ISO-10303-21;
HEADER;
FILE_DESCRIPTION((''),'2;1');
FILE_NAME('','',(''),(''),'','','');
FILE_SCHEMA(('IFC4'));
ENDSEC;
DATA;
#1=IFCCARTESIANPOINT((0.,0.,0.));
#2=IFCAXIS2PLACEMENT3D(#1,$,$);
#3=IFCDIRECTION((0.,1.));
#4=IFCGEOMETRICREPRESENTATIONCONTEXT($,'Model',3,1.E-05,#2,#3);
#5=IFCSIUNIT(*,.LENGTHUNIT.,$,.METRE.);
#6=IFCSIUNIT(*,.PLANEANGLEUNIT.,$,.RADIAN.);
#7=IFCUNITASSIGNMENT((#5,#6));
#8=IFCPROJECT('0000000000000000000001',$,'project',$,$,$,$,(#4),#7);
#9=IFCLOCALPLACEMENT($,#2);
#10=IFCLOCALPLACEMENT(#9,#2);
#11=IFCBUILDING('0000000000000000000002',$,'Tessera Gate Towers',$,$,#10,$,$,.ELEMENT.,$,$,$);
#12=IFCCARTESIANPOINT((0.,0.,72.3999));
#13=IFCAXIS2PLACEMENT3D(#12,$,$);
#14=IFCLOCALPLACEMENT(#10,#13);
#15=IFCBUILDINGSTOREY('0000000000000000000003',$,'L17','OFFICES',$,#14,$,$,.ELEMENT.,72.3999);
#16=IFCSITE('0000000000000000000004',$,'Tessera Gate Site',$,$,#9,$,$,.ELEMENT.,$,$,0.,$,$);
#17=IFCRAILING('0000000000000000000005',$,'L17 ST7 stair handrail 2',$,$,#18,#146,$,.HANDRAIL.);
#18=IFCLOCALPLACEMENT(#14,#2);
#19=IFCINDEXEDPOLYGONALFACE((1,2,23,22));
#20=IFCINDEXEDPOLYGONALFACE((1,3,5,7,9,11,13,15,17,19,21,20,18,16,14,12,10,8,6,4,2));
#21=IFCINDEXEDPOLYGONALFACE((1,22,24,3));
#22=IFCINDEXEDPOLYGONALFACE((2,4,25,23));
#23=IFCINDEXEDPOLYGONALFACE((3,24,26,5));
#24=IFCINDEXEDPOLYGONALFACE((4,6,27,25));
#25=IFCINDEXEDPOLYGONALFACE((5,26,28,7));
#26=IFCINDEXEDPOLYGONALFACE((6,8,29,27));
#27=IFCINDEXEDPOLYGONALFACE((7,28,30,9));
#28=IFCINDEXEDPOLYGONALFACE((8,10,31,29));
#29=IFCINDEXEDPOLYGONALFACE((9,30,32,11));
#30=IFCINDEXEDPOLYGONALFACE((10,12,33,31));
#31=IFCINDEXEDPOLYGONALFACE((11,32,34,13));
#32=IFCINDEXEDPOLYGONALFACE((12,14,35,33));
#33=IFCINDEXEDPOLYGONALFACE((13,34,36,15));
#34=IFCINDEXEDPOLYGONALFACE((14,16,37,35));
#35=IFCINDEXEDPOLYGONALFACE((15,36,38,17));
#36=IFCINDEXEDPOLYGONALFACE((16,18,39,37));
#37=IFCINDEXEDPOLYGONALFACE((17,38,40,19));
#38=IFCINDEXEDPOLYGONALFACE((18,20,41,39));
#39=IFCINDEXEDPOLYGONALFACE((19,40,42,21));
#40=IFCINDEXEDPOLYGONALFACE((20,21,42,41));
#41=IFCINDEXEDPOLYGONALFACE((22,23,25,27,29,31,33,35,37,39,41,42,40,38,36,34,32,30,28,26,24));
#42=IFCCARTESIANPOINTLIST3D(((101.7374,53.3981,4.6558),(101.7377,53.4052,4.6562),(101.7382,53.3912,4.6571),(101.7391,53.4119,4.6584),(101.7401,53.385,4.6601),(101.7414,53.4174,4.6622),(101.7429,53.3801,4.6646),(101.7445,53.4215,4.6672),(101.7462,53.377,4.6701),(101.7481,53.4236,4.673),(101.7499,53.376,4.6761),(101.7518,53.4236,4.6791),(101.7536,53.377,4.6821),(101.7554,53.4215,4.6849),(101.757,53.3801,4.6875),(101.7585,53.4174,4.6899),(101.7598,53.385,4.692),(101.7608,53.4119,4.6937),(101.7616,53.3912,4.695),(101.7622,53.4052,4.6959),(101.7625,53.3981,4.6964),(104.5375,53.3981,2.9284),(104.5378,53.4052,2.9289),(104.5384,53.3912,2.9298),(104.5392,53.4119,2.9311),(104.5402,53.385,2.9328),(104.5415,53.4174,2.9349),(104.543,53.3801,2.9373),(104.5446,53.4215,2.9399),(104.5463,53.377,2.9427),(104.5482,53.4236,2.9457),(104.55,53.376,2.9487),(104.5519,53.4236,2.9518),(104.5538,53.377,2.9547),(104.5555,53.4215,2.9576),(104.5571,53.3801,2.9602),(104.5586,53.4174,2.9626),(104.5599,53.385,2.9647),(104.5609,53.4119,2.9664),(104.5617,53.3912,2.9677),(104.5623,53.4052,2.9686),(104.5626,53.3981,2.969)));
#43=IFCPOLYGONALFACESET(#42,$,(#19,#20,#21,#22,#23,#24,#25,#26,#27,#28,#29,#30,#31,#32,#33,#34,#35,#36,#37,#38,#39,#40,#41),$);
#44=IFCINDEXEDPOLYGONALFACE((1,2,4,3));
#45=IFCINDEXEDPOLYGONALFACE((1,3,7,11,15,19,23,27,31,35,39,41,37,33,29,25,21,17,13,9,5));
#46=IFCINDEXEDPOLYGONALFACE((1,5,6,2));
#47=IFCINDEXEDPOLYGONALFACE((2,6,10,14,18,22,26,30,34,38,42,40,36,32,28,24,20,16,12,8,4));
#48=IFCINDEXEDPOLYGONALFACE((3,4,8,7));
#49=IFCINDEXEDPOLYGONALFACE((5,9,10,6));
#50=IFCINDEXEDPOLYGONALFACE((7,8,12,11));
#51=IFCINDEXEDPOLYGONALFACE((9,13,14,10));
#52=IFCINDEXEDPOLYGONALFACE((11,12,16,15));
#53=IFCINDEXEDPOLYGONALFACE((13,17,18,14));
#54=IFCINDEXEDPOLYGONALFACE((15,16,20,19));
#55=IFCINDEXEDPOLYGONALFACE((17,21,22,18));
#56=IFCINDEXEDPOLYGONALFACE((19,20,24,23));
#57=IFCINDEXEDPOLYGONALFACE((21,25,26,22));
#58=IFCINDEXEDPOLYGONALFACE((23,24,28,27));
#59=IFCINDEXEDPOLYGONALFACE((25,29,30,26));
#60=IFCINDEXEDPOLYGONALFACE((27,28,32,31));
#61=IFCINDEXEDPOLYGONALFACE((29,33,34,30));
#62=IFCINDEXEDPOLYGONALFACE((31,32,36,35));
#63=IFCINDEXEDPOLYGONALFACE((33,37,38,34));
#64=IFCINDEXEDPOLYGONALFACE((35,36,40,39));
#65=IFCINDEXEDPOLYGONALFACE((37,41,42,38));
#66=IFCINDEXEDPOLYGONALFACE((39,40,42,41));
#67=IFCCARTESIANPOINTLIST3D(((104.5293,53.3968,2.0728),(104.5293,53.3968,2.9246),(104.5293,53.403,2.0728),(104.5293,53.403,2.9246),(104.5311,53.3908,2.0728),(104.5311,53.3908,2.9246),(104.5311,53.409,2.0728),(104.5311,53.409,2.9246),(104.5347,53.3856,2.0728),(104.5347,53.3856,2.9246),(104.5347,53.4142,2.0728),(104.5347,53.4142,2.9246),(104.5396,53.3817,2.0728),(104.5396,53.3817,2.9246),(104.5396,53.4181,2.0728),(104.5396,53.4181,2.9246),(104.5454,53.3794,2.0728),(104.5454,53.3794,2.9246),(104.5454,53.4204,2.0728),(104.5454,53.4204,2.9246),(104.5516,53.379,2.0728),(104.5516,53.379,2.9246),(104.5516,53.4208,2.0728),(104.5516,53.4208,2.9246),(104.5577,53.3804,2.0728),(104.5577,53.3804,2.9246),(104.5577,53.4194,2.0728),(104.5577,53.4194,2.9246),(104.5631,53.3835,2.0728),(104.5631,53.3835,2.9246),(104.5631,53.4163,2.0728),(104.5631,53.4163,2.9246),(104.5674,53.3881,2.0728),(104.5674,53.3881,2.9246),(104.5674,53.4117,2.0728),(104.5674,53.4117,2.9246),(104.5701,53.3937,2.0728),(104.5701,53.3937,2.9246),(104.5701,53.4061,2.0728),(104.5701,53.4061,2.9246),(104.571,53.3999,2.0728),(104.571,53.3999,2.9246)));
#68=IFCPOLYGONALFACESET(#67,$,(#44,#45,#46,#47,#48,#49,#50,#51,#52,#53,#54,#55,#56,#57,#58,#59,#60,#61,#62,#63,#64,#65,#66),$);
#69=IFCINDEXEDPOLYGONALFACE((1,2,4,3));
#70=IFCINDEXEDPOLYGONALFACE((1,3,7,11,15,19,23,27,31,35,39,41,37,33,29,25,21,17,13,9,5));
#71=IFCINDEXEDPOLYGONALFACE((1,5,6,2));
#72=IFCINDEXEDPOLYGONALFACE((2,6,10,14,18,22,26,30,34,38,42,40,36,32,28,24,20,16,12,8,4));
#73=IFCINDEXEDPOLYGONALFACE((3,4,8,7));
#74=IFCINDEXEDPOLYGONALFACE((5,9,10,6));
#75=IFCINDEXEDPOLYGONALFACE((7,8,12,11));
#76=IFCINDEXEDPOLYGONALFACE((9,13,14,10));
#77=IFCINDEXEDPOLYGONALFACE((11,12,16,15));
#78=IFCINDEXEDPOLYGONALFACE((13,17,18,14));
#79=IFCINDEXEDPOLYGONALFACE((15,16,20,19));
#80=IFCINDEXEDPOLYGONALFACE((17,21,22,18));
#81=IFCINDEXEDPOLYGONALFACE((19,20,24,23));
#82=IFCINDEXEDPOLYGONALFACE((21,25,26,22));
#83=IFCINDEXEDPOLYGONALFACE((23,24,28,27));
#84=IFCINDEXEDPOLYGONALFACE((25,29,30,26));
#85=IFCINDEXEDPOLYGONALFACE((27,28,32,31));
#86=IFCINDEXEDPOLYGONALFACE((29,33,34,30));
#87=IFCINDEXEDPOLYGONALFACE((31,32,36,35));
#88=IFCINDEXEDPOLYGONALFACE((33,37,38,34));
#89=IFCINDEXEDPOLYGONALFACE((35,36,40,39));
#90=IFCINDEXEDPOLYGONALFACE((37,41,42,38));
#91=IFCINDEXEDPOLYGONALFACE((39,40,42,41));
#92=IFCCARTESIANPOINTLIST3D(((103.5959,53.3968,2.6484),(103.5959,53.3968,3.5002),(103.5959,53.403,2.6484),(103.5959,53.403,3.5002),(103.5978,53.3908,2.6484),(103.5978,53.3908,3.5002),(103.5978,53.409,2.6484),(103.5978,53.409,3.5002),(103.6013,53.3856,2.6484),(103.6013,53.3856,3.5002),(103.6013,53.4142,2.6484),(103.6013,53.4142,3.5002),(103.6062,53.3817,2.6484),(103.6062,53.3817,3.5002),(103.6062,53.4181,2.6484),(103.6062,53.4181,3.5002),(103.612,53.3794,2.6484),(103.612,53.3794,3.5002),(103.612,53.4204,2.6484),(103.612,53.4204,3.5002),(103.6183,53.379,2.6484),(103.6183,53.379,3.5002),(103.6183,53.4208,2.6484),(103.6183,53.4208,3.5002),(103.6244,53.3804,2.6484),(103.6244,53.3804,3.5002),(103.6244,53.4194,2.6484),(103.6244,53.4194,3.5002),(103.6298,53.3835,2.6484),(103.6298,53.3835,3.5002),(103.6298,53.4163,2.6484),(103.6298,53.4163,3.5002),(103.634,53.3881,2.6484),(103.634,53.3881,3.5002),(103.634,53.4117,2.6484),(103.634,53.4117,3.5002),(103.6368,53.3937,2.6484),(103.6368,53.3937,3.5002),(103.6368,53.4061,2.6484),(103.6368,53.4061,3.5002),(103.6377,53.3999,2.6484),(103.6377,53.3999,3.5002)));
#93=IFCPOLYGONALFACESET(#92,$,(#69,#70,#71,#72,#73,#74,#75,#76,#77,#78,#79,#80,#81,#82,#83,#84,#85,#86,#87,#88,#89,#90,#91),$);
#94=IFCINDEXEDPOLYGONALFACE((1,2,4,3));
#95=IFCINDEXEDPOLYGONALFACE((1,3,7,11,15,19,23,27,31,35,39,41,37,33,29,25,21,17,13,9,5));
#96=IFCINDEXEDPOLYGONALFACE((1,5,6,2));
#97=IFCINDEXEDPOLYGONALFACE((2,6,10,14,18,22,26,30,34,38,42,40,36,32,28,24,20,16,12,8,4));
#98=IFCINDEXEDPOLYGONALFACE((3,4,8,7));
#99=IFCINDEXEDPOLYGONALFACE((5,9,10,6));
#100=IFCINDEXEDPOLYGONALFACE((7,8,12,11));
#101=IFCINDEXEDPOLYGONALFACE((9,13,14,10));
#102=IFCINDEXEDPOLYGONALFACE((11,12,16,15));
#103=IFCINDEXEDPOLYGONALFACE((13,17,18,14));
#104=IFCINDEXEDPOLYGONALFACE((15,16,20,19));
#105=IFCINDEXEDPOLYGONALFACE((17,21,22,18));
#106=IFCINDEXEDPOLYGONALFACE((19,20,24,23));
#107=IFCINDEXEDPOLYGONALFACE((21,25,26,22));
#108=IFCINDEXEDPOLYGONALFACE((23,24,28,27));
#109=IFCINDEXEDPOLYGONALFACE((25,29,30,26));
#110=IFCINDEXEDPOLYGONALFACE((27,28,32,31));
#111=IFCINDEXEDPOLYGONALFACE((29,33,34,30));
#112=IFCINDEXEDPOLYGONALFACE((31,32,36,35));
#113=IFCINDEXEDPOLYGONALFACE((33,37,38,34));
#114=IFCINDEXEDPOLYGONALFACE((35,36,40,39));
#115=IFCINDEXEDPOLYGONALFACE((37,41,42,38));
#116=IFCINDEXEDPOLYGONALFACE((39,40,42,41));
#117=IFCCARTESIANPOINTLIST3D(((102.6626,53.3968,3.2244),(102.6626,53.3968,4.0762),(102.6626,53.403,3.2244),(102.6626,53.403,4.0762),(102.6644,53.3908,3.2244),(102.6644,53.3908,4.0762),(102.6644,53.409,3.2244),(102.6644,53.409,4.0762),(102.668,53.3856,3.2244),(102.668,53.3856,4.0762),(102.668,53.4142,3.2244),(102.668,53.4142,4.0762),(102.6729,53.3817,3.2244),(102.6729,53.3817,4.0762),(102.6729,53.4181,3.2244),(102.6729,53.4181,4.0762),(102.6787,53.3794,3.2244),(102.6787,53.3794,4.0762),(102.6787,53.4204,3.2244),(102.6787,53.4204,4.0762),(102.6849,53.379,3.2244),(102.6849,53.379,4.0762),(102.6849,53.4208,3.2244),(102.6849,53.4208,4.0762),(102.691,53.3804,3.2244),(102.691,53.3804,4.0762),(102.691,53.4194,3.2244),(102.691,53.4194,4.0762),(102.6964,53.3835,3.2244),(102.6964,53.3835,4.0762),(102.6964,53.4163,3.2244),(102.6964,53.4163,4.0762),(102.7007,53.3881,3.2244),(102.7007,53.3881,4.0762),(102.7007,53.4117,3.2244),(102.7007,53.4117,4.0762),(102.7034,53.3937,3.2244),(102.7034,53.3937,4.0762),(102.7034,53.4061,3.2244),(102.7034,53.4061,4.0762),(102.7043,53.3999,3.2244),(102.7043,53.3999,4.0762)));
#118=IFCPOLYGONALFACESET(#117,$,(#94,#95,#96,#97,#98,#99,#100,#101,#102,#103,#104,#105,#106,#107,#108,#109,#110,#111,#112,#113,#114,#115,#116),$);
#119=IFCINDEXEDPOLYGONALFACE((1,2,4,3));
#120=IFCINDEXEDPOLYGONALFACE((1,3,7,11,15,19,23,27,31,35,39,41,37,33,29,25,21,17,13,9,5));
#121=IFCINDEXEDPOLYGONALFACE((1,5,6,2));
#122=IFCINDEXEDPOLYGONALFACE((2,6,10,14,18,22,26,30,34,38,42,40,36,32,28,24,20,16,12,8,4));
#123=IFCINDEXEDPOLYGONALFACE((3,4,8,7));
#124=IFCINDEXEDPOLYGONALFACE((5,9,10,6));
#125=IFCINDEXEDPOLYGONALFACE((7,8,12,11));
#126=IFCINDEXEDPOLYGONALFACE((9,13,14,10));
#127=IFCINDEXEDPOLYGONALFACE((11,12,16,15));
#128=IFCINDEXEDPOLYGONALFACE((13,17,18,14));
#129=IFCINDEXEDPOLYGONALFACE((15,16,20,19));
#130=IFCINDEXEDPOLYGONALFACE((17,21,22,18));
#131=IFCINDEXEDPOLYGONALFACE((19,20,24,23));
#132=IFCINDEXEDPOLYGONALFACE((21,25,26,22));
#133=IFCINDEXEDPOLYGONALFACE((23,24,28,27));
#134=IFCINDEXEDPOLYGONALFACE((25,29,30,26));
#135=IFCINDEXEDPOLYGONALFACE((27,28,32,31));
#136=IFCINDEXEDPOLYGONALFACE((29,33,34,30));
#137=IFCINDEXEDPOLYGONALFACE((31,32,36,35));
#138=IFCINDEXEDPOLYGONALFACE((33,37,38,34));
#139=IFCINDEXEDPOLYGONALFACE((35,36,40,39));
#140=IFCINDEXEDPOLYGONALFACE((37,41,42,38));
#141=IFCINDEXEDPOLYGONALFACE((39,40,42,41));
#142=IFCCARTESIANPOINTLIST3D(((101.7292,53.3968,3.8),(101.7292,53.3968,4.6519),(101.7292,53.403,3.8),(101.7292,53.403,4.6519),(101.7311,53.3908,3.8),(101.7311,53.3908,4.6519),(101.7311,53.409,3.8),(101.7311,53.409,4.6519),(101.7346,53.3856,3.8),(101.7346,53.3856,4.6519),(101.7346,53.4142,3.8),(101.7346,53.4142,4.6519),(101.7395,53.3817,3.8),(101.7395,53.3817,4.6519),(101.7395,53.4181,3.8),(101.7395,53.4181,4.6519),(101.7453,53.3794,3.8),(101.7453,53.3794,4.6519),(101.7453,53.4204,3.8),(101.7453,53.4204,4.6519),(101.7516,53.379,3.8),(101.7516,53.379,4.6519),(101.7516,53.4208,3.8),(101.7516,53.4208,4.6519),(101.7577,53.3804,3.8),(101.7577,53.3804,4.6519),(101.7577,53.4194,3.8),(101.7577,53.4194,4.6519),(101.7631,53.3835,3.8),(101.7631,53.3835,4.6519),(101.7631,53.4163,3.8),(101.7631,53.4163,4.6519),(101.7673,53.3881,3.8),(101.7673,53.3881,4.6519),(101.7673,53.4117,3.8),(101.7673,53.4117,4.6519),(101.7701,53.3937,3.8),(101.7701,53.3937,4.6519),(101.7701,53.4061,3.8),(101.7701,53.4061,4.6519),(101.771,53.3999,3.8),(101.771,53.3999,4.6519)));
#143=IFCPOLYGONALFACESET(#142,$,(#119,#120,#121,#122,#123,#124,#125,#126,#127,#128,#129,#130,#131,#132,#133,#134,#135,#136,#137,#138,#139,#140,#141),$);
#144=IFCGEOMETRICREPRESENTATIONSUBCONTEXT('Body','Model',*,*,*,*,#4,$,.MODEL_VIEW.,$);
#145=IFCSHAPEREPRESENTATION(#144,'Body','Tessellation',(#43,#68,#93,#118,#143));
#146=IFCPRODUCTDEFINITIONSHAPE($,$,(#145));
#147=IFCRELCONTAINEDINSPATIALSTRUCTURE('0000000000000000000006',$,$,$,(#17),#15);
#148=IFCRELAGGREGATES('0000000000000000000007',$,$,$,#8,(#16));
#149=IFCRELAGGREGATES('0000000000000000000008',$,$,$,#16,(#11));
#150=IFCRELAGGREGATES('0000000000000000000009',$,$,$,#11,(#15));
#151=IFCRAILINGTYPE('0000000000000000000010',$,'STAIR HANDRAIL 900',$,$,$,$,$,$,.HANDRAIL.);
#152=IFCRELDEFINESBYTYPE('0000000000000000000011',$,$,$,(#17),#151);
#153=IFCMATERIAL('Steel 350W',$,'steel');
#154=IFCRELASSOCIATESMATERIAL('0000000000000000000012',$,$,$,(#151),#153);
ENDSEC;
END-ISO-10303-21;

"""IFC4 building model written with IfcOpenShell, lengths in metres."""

from ifc_helpers import new_model, si_unit, direction, frame, origin, origin_2d, place, context, subcontext, project, spatial, circle, extrude, material, type_object, element, save


model = new_model("IFC4")

# Units and contexts
model_context = context("Model", 3, precision=1e-05, world=origin(), true_north=direction((0.0, 1.0)))
body_context = subcontext(model_context, "Body", "Model", "MODEL_VIEW")
ifc_project = project(units=[si_unit("LENGTHUNIT", "METRE"), si_unit("PLANEANGLEUNIT", "RADIAN")], contexts=[model_context])

# Site, building, storey
site_placement = place(None, origin())
site = spatial("IfcSite", under=ifc_project, at=site_placement, Name="Tessera Gate Site", CompositionType="ELEMENT", RefElevation=0.0)
building_placement = place(site_placement, origin())
building = spatial("IfcBuilding", under=site, at=building_placement, Name="Tessera Gate Towers", CompositionType="ELEMENT")
storey_placement = place(building_placement, frame((0.0, 0.0, 72.3999)))
storey = spatial("IfcBuildingStorey", under=building, at=storey_placement, Name="L17", Description="OFFICES", CompositionType="ELEMENT", Elevation=72.3999)

# Railing
ifc_material_1 = material(Name="Steel 350W", Category="steel")
railing_type_1 = type_object("IfcRailingType", Name="STAIR HANDRAIL 900", PredefinedType="HANDRAIL", material=ifc_material_1)
railing_1_placement = place(storey_placement, frame((104.55, 53.3999, 2.0728)))
element("IfcRailing", 1, at=railing_1_placement, inside=storey, type_object=railing_type_1, Name="L17 ST7 stair handrail 2", PredefinedType="HANDRAIL", context=body_context, shape_type="SweptSolid", body=[
    extrude(circle(Radius=0.0239, at=origin_2d()), frame((0.0, 0.0, 0.876), z_axis=(-0.85109, 0.0, 0.52502), x_axis=(0.0, -1.0, 0.0)), (0.0, 0.0, 1.0), 3.29),
    extrude(circle(Radius=0.021, at=origin_2d()), origin(), (0.0, 0.0, 1.0), 0.8518),
    extrude(circle(Radius=0.021, at=origin_2d()), frame((-0.9333, 0.0, 0.5757)), (0.0, 0.0, 1.0), 0.8518),
    extrude(circle(Radius=0.021, at=origin_2d()), frame((-1.8667, 0.0, 1.1516)), (0.0, 0.0, 1.0), 0.8518),
    extrude(circle(Radius=0.021, at=origin_2d()), frame((-2.8, 0.0, 1.7273)), (0.0, 0.0, 1.0), 0.8518),
])

save(model, "model.ifc")
